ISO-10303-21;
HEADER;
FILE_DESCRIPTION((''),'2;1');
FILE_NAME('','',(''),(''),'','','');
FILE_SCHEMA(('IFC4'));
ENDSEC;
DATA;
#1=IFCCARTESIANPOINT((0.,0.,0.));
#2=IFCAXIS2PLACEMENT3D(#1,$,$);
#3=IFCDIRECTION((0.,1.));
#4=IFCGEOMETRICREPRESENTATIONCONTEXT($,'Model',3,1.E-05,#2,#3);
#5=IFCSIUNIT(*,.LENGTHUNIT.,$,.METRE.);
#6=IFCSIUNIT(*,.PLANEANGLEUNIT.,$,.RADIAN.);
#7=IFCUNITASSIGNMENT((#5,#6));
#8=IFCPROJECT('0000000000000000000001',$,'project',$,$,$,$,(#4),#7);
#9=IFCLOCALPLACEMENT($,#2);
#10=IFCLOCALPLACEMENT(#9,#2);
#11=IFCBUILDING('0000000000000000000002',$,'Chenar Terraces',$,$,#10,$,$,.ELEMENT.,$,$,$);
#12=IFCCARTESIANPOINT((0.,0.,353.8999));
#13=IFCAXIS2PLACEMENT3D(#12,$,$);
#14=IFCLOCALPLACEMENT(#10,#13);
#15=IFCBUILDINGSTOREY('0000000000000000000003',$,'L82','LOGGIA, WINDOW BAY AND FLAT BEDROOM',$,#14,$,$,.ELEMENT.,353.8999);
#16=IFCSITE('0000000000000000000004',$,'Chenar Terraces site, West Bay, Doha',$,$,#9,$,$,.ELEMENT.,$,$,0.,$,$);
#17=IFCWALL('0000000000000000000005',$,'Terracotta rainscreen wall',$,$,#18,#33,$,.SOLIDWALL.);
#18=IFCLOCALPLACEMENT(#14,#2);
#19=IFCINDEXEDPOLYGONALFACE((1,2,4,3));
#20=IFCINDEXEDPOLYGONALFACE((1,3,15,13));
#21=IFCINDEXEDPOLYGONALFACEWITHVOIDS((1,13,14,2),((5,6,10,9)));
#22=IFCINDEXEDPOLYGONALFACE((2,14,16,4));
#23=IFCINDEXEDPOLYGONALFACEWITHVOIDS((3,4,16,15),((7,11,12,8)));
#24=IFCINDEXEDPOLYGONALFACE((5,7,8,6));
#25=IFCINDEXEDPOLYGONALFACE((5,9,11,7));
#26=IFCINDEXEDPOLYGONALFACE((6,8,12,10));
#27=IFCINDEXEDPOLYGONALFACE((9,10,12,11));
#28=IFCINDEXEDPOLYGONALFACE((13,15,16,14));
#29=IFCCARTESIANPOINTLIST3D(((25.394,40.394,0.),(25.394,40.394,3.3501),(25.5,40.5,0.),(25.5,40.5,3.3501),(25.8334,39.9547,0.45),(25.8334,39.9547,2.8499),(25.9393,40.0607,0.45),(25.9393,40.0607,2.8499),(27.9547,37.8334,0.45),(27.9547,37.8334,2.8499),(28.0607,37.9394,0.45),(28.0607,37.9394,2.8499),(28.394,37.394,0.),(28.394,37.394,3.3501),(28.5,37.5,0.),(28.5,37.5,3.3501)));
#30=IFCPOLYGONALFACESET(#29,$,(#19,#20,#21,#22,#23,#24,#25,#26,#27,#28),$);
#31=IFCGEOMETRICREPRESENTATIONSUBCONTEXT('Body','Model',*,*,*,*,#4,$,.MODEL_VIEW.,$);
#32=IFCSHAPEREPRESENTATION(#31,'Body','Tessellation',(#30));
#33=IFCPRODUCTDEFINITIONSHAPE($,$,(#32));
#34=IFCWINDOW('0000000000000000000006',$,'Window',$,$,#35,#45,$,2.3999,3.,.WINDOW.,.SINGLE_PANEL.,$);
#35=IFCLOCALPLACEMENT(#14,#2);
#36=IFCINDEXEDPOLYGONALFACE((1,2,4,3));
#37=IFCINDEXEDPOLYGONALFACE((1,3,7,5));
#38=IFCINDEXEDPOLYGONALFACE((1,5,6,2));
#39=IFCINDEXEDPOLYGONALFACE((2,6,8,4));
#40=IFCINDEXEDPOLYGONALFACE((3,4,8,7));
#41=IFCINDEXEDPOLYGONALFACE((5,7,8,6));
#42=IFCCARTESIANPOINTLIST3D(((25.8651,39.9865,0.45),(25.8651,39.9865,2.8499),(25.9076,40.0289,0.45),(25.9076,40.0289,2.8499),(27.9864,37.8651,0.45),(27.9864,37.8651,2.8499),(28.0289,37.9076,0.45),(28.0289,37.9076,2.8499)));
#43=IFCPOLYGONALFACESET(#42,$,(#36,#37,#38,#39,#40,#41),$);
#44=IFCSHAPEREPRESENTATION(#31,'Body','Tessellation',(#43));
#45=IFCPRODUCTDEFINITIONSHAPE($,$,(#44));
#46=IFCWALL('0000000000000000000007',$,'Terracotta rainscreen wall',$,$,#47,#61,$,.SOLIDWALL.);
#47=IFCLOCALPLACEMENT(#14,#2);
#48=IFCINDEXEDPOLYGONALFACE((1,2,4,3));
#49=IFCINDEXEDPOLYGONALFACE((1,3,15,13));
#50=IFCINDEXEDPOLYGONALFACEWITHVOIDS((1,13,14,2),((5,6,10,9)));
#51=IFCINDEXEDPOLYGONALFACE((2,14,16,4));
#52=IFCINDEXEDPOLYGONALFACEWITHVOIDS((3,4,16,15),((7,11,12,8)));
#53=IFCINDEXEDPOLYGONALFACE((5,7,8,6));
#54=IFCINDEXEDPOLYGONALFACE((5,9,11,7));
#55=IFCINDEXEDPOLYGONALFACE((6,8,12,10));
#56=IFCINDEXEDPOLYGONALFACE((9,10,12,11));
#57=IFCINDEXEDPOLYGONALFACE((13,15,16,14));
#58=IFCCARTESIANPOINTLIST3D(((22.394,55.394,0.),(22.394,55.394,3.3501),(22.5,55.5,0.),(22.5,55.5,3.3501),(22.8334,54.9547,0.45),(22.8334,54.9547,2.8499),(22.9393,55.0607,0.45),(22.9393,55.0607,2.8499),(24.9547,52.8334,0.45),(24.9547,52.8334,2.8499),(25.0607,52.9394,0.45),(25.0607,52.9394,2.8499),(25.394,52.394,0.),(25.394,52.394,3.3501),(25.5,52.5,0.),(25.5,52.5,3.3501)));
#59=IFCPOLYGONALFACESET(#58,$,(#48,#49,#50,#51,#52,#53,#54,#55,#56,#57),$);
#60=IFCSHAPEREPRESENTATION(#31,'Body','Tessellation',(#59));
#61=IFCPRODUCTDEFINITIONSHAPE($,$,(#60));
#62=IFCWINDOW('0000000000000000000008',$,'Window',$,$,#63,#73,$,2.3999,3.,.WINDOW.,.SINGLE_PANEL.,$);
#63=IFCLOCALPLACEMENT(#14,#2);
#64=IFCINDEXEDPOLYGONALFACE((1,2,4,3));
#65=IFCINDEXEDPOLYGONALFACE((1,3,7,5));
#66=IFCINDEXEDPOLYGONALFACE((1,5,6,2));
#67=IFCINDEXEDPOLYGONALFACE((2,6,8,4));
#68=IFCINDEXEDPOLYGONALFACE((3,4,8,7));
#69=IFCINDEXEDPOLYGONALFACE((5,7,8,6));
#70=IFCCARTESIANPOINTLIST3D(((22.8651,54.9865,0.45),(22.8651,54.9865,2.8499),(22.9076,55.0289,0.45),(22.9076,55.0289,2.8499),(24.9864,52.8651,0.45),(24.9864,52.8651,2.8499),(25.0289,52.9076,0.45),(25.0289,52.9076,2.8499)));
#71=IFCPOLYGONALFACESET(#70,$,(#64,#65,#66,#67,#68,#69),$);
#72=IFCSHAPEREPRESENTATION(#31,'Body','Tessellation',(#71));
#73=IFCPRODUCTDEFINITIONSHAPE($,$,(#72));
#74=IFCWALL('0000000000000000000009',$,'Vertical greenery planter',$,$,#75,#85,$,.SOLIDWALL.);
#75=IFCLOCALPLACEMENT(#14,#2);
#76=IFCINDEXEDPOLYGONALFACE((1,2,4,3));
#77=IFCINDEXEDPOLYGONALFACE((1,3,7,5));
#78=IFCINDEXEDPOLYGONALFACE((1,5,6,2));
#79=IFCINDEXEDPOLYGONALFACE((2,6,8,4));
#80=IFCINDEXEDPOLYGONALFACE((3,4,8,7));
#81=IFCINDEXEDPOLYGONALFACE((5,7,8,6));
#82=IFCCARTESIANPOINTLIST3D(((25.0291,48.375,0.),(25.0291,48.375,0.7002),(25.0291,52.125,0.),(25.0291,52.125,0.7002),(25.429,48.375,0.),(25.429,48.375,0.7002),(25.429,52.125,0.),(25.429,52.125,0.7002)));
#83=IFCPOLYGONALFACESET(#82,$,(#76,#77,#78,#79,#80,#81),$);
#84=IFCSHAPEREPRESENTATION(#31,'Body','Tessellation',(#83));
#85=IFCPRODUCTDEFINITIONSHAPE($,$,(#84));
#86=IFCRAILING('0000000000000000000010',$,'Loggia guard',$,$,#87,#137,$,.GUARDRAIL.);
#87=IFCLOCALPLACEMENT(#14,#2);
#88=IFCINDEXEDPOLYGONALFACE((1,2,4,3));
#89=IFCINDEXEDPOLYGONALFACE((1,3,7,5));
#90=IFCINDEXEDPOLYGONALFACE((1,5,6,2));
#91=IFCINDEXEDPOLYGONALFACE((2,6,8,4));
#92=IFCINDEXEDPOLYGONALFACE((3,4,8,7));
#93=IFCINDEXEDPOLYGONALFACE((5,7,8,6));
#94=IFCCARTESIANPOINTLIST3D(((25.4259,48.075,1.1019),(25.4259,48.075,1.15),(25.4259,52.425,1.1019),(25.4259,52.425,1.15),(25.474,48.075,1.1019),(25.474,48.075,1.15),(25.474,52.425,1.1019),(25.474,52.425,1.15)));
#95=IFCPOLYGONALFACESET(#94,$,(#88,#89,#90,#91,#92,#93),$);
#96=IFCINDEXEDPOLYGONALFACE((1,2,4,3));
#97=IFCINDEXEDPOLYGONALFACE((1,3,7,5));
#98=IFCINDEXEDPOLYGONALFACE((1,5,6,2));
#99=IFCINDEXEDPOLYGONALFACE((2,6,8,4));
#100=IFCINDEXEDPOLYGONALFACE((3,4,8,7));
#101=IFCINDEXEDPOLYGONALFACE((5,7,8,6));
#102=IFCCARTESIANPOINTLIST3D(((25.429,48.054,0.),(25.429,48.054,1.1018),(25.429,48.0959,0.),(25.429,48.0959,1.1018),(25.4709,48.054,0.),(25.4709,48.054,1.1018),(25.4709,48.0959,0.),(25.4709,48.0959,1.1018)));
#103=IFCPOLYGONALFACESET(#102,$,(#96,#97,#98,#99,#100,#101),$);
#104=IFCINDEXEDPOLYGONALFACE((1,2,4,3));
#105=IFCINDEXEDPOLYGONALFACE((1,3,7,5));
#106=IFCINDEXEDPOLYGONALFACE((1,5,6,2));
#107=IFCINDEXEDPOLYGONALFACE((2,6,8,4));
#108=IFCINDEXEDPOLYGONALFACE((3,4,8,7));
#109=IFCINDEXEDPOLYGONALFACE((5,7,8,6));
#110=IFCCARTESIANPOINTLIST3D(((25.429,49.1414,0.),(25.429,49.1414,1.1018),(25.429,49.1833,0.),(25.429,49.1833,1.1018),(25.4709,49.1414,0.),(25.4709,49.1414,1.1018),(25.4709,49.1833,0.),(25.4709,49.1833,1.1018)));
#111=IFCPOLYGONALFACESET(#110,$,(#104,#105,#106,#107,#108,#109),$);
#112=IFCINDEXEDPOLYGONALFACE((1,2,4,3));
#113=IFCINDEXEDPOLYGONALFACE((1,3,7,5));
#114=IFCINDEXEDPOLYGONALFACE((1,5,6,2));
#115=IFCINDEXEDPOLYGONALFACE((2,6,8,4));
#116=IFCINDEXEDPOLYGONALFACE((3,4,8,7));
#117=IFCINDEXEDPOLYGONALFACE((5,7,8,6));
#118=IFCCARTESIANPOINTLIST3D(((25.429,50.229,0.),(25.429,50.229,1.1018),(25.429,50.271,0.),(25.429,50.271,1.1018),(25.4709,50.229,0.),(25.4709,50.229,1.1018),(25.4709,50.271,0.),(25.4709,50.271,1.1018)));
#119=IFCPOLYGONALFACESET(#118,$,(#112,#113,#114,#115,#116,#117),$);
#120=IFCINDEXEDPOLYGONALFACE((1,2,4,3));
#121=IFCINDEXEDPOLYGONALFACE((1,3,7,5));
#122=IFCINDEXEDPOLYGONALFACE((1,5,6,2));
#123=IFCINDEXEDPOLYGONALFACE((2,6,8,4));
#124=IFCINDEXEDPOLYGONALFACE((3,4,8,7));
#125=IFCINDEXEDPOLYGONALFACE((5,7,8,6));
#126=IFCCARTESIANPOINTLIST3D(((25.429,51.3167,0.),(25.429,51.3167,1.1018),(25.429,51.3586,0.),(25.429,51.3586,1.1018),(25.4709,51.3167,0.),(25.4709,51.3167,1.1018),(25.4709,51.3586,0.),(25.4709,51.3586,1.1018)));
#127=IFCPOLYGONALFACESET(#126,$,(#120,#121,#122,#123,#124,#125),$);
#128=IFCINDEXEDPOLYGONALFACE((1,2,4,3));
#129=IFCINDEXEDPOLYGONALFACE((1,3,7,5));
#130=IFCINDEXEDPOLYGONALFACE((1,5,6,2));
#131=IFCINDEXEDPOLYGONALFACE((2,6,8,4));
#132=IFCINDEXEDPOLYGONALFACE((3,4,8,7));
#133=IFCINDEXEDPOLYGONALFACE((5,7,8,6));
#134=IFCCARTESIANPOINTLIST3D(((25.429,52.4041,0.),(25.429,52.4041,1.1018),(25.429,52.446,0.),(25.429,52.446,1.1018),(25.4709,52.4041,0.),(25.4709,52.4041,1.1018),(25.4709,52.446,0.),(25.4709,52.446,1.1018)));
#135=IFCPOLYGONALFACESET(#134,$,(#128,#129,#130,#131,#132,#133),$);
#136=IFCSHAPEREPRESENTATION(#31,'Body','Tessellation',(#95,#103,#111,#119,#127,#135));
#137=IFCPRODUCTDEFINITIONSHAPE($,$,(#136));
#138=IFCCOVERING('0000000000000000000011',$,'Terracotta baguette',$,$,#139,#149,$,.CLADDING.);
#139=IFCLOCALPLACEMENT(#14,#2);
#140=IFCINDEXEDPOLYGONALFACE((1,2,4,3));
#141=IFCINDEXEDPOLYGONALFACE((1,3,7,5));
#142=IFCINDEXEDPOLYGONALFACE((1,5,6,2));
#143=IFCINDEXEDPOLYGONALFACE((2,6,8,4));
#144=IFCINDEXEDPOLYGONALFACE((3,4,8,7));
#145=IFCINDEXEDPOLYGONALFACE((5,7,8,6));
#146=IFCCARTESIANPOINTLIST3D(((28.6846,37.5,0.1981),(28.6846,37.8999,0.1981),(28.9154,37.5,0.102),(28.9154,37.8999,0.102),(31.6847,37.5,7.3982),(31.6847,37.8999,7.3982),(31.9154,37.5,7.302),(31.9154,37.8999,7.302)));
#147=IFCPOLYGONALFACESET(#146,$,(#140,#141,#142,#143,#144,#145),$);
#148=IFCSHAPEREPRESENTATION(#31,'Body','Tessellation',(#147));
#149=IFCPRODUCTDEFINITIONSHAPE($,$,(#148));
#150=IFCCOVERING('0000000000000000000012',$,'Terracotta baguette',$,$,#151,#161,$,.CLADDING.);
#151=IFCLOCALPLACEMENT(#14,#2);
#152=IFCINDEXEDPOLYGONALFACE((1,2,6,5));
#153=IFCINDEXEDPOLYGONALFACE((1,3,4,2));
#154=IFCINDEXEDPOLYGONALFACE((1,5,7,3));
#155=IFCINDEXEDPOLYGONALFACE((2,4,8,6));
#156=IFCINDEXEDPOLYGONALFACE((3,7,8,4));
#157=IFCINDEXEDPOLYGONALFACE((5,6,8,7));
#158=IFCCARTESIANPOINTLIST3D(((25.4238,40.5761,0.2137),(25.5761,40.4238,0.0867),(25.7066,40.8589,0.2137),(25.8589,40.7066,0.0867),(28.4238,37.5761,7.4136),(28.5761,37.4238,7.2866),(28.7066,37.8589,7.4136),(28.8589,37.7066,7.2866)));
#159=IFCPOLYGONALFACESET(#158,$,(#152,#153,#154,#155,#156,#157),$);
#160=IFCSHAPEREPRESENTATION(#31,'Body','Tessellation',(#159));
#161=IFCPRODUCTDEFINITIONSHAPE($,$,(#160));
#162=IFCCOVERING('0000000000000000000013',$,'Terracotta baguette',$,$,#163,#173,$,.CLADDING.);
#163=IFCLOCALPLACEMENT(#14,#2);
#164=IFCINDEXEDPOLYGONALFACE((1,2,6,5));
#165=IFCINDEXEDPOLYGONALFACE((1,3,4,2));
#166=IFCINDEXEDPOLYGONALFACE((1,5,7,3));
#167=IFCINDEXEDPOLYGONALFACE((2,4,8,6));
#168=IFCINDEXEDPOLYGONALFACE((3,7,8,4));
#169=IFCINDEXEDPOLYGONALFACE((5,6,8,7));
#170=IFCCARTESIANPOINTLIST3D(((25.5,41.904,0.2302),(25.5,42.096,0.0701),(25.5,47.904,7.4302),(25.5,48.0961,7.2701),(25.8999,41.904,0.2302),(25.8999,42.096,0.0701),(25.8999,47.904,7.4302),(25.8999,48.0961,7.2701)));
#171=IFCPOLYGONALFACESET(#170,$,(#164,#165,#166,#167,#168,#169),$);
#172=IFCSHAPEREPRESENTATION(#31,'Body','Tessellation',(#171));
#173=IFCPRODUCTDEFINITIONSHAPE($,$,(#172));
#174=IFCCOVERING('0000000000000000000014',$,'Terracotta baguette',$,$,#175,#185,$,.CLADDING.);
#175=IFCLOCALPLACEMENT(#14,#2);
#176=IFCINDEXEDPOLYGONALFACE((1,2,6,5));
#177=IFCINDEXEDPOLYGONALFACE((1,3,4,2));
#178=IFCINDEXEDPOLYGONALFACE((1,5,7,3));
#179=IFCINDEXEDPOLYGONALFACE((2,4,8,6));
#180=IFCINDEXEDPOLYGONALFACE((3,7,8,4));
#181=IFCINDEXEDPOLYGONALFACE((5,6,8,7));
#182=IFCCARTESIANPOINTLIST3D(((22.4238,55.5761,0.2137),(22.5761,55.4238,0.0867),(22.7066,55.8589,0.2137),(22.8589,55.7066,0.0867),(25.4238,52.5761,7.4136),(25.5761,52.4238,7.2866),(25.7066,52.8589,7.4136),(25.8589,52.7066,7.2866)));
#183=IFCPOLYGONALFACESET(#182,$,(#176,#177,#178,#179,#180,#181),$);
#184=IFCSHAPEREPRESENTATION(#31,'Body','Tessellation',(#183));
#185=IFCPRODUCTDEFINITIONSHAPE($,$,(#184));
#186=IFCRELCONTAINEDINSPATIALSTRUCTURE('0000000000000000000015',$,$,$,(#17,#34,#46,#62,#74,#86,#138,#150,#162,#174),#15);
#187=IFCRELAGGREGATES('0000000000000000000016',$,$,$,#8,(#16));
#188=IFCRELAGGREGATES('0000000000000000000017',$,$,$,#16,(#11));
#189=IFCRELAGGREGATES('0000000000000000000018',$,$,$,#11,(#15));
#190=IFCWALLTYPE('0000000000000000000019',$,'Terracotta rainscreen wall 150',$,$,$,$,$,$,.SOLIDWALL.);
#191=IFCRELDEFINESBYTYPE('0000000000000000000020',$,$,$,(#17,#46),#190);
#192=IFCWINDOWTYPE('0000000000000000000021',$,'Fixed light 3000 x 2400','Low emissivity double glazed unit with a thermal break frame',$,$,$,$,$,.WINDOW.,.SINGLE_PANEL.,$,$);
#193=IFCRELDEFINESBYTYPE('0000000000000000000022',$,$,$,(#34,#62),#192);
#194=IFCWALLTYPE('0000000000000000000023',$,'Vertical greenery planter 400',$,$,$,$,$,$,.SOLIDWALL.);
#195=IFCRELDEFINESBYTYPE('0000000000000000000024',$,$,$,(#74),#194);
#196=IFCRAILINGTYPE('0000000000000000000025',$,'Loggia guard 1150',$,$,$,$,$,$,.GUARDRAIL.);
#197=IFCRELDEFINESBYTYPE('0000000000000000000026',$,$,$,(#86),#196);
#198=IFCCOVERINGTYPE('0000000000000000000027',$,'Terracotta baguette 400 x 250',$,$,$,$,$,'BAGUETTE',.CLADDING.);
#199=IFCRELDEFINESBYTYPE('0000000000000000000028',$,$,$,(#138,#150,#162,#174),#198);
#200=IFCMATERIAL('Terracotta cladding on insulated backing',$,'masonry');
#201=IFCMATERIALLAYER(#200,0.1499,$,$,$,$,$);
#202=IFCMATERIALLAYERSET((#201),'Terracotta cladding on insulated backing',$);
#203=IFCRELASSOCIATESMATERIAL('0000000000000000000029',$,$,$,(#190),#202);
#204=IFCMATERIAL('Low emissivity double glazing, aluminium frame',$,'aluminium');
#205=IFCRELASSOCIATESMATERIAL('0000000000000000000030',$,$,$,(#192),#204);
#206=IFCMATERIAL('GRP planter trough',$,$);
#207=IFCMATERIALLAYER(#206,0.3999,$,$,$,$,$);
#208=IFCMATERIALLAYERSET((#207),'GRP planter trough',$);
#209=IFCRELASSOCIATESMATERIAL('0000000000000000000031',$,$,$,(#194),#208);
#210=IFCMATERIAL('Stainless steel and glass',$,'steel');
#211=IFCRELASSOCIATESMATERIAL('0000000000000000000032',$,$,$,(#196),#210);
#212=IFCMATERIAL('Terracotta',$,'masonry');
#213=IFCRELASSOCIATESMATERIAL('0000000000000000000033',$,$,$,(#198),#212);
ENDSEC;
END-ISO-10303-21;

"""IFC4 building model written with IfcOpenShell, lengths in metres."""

from ifc_helpers import new_model, si_unit, direction, frame, frame_2d, origin, origin_2d, place, context, subcontext, project, spatial, rectangle, extrude, material, layer, layer_set, material_profile, profile_set, type_object, element, fill, save


model = new_model("IFC4")

# Units and contexts
model_context = context("Model", 3, precision=1e-05, world=origin(), true_north=direction((0.0, 1.0)))
body_context = subcontext(model_context, "Body", "Model", "MODEL_VIEW")
ifc_project = project(units=[si_unit("LENGTHUNIT", "METRE"), si_unit("PLANEANGLEUNIT", "RADIAN")], contexts=[model_context])

# Site, building, storey
site_placement = place(None, origin())
site = spatial("IfcSite", under=ifc_project, at=site_placement, Name="Chenar Terraces site, West Bay, Doha", CompositionType="ELEMENT", RefElevation=0.0)
building_placement = place(site_placement, origin())
building = spatial("IfcBuilding", under=site, at=building_placement, Name="Chenar Terraces", CompositionType="ELEMENT")
storey_placement = place(building_placement, frame((0.0, 0.0, 353.8999)))
storey = spatial("IfcBuildingStorey", under=building, at=storey_placement, Name="L82", Description="LOGGIA, WINDOW BAY AND FLAT BEDROOM", CompositionType="ELEMENT", Elevation=353.8999)

# Walls, openings, windows
ifc_material_1 = material(Name="Terracotta cladding on insulated backing", Category="masonry")
ifc_layer_1 = layer(ifc_material_1, 0.1499)
ifc_layer_set_1 = layer_set([ifc_layer_1], Name="Terracotta cladding on insulated backing")
wall_type_1 = type_object("IfcWallType", Name="Terracotta rainscreen wall 150", PredefinedType="SOLIDWALL", material=ifc_layer_set_1)
wall_1_placement = place(storey_placement, frame((28.447, 37.447, 0.0), z_axis=(0.0, 0.0, 1.0), x_axis=(-0.707107, 0.707107, 0.0)))
wall_1 = element("IfcWall", 1, at=wall_1_placement, inside=storey, type_object=wall_type_1, Name="Terracotta rainscreen wall", PredefinedType="SOLIDWALL", context=body_context, shape_type="SweptSolid", body=[
    extrude(rectangle(XDim=4.2427, YDim=0.1499, at=frame_2d((2.1213, 0.0))), origin(), (0.0, 0.0, 1.0), 3.3501),
])
opening_1_placement = place(wall_1_placement, frame((0.6213, 0.0, 0.45)))
opening_1 = element("IfcOpeningElement", 2, at=opening_1_placement, cuts=wall_1, PredefinedType="OPENING", context=body_context, shape_type="SweptSolid", body=[
    extrude(rectangle(XDim=3.0, YDim=2.3999, at=frame_2d((1.5, 1.2))), frame((0.0, 0.085, 0.0), z_axis=(0.0, -1.0, 0.0), x_axis=(1.0, 0.0, 0.0)), (0.0, 0.0, 1.0), 0.1699),
])
ifc_material_2 = material(Name="Low emissivity double glazing, aluminium frame", Category="aluminium")
window_type_1 = type_object("IfcWindowType", Name="Fixed light 3000 x 2400", Description="Low emissivity double glazed unit with a thermal break frame", PartitioningType="SINGLE_PANEL", PredefinedType="WINDOW", material=ifc_material_2)
window_1_placement = place(opening_1_placement, origin())
window_1 = element("IfcWindow", 3, at=window_1_placement, inside=storey, type_object=window_type_1, Name="Window", OverallHeight=2.3999, OverallWidth=3.0, PartitioningType="SINGLE_PANEL", PredefinedType="WINDOW", context=body_context, shape_type="SweptSolid", body=[
    extrude(rectangle(XDim=3.0, YDim=2.3999, at=frame_2d((1.5, 1.2))), frame((0.0, 0.03, 0.0), z_axis=(0.0, -1.0, 0.0), x_axis=(1.0, 0.0, 0.0)), (0.0, 0.0, 1.0), 0.0601),
])
fill(opening_1, window_1)
wall_2_placement = place(storey_placement, frame((25.447, 52.447, 0.0), z_axis=(0.0, 0.0, 1.0), x_axis=(-0.707107, 0.707107, 0.0)))
wall_2 = element("IfcWall", 4, at=wall_2_placement, inside=storey, type_object=wall_type_1, Name="Terracotta rainscreen wall", PredefinedType="SOLIDWALL", context=body_context, shape_type="SweptSolid", body=[
    extrude(rectangle(XDim=4.2427, YDim=0.1499, at=frame_2d((2.1213, 0.0))), origin(), (0.0, 0.0, 1.0), 3.3501),
])
opening_2_placement = place(wall_2_placement, frame((0.6213, 0.0, 0.45)))
opening_2 = element("IfcOpeningElement", 5, at=opening_2_placement, cuts=wall_2, PredefinedType="OPENING", context=body_context, shape_type="SweptSolid", body=[
    extrude(rectangle(XDim=3.0, YDim=2.3999, at=frame_2d((1.5, 1.2))), frame((0.0, 0.085, 0.0), z_axis=(0.0, -1.0, 0.0), x_axis=(1.0, 0.0, 0.0)), (0.0, 0.0, 1.0), 0.1699),
])
window_2_placement = place(opening_2_placement, origin())
window_2 = element("IfcWindow", 6, at=window_2_placement, inside=storey, type_object=window_type_1, Name="Window", OverallHeight=2.3999, OverallWidth=3.0, PartitioningType="SINGLE_PANEL", PredefinedType="WINDOW", context=body_context, shape_type="SweptSolid", body=[
    extrude(rectangle(XDim=3.0, YDim=2.3999, at=frame_2d((1.5, 1.2))), frame((0.0, 0.03, 0.0), z_axis=(0.0, -1.0, 0.0), x_axis=(1.0, 0.0, 0.0)), (0.0, 0.0, 1.0), 0.0601),
])
fill(opening_2, window_2)

# Wall
ifc_material_3 = material(Name="GRP planter trough")
ifc_layer_2 = layer(ifc_material_3, 0.3999)
ifc_layer_set_2 = layer_set([ifc_layer_2], Name="GRP planter trough")
wall_type_2 = type_object("IfcWallType", Name="Vertical greenery planter 400", PredefinedType="SOLIDWALL", material=ifc_layer_set_2)
wall_3_placement = place(storey_placement, frame((25.229, 48.375, 0.0), z_axis=(0.0, 0.0, 1.0), x_axis=(0.0, 1.0, 0.0)))
element("IfcWall", 7, at=wall_3_placement, inside=storey, type_object=wall_type_2, Name="Vertical greenery planter", PredefinedType="SOLIDWALL", context=body_context, shape_type="SweptSolid", body=[
    extrude(rectangle(XDim=3.75, YDim=0.3999, at=frame_2d((1.875, 0.0))), origin(), (0.0, 0.0, 1.0), 0.7002),
])

# Railing
ifc_material_4 = material(Name="Stainless steel and glass", Category="steel")
railing_type = type_object("IfcRailingType", Name="Loggia guard 1150", PredefinedType="GUARDRAIL", material=ifc_material_4)
railing_placement = place(storey_placement, frame((25.45, 48.075, 0.0)))
element("IfcRailing", 8, at=railing_placement, inside=storey, type_object=railing_type, Name="Loggia guard", PredefinedType="GUARDRAIL", context=body_context, shape_type="SweptSolid", body=[
    extrude(rectangle(XDim=0.0481, YDim=0.0481, at=origin_2d()), frame((0.0, 0.0, 1.126), z_axis=(0.0, 1.0, 0.0), x_axis=(-1.0, 0.0, 0.0)), (0.0, 0.0, 1.0), 4.3501),
    extrude(rectangle(XDim=0.042, YDim=0.042, at=origin_2d()), origin(), (0.0, 0.0, 1.0), 1.1018),
    extrude(rectangle(XDim=0.042, YDim=0.042, at=origin_2d()), frame((0.0, 1.0874, 0.0)), (0.0, 0.0, 1.0), 1.1018),
    extrude(rectangle(XDim=0.042, YDim=0.042, at=origin_2d()), frame((0.0, 2.175, 0.0)), (0.0, 0.0, 1.0), 1.1018),
    extrude(rectangle(XDim=0.042, YDim=0.042, at=origin_2d()), frame((0.0, 3.2627, 0.0)), (0.0, 0.0, 1.0), 1.1018),
    extrude(rectangle(XDim=0.042, YDim=0.042, at=origin_2d()), frame((0.0, 4.3501, 0.0)), (0.0, 0.0, 1.0), 1.1018),
])

# Coverings
ifc_material_5 = material(Name="Terracotta", Category="masonry")
ifc_material_profile_1 = material_profile(ifc_material_5, rectangle(XDim=0.3999, YDim=0.25, at=origin_2d()), Name="Terracotta baguette 400 x 250")
ifc_profile_set_1 = profile_set([ifc_material_profile_1], Name="Terracotta")
covering_type = type_object("IfcCoveringType", Name="Terracotta baguette 400 x 250", ElementType="BAGUETTE", PredefinedType="CLADDING", material=ifc_profile_set_1)
covering_1_placement = place(storey_placement, frame((31.8, 37.7, 7.3501), z_axis=(-0.384618, 0.0, -0.923076), x_axis=(0.0, -1.0, 0.0)))
element("IfcCovering", 9, at=covering_1_placement, inside=storey, type_object=covering_type, Name="Terracotta baguette", PredefinedType="CLADDING", context=body_context, shape_type="SweptSolid", body=[
    extrude(rectangle(XDim=0.3999, YDim=0.25, at=origin_2d()), origin(), (0.0, 0.0, 1.0), 7.8),
])
covering_2_placement = place(storey_placement, frame((28.6414, 37.6414, 7.3501), z_axis=(-0.358981, 0.358981, -0.861548), x_axis=(-0.707107, -0.707107, 0.0)))
element("IfcCovering", 10, at=covering_2_placement, inside=storey, type_object=covering_type, Name="Terracotta baguette", PredefinedType="CLADDING", context=body_context, shape_type="SweptSolid", body=[
    extrude(rectangle(XDim=0.3999, YDim=0.25, at=origin_2d()), origin(), (0.0, 0.0, 1.0), 8.3569),
])
covering_3_placement = place(storey_placement, frame((25.7, 42.0, 0.1501), z_axis=(0.0, 0.640187, 0.768219), x_axis=(-1.0, 0.0, 0.0)))
element("IfcCovering", 11, at=covering_3_placement, inside=storey, type_object=covering_type, Name="Terracotta baguette", PredefinedType="CLADDING", context=body_context, shape_type="SweptSolid", body=[
    extrude(rectangle(XDim=0.3999, YDim=0.25, at=origin_2d()), origin(), (0.0, 0.0, 1.0), 9.3723),
])
covering_4_placement = place(storey_placement, frame((25.6414, 52.6414, 7.3501), z_axis=(-0.358981, 0.358981, -0.861548), x_axis=(-0.707107, -0.707107, 0.0)))
element("IfcCovering", 12, at=covering_4_placement, inside=storey, type_object=covering_type, Name="Terracotta baguette", PredefinedType="CLADDING", context=body_context, shape_type="SweptSolid", body=[
    extrude(rectangle(XDim=0.3999, YDim=0.25, at=origin_2d()), origin(), (0.0, 0.0, 1.0), 8.3569),
])

save(model, "model.ifc")
